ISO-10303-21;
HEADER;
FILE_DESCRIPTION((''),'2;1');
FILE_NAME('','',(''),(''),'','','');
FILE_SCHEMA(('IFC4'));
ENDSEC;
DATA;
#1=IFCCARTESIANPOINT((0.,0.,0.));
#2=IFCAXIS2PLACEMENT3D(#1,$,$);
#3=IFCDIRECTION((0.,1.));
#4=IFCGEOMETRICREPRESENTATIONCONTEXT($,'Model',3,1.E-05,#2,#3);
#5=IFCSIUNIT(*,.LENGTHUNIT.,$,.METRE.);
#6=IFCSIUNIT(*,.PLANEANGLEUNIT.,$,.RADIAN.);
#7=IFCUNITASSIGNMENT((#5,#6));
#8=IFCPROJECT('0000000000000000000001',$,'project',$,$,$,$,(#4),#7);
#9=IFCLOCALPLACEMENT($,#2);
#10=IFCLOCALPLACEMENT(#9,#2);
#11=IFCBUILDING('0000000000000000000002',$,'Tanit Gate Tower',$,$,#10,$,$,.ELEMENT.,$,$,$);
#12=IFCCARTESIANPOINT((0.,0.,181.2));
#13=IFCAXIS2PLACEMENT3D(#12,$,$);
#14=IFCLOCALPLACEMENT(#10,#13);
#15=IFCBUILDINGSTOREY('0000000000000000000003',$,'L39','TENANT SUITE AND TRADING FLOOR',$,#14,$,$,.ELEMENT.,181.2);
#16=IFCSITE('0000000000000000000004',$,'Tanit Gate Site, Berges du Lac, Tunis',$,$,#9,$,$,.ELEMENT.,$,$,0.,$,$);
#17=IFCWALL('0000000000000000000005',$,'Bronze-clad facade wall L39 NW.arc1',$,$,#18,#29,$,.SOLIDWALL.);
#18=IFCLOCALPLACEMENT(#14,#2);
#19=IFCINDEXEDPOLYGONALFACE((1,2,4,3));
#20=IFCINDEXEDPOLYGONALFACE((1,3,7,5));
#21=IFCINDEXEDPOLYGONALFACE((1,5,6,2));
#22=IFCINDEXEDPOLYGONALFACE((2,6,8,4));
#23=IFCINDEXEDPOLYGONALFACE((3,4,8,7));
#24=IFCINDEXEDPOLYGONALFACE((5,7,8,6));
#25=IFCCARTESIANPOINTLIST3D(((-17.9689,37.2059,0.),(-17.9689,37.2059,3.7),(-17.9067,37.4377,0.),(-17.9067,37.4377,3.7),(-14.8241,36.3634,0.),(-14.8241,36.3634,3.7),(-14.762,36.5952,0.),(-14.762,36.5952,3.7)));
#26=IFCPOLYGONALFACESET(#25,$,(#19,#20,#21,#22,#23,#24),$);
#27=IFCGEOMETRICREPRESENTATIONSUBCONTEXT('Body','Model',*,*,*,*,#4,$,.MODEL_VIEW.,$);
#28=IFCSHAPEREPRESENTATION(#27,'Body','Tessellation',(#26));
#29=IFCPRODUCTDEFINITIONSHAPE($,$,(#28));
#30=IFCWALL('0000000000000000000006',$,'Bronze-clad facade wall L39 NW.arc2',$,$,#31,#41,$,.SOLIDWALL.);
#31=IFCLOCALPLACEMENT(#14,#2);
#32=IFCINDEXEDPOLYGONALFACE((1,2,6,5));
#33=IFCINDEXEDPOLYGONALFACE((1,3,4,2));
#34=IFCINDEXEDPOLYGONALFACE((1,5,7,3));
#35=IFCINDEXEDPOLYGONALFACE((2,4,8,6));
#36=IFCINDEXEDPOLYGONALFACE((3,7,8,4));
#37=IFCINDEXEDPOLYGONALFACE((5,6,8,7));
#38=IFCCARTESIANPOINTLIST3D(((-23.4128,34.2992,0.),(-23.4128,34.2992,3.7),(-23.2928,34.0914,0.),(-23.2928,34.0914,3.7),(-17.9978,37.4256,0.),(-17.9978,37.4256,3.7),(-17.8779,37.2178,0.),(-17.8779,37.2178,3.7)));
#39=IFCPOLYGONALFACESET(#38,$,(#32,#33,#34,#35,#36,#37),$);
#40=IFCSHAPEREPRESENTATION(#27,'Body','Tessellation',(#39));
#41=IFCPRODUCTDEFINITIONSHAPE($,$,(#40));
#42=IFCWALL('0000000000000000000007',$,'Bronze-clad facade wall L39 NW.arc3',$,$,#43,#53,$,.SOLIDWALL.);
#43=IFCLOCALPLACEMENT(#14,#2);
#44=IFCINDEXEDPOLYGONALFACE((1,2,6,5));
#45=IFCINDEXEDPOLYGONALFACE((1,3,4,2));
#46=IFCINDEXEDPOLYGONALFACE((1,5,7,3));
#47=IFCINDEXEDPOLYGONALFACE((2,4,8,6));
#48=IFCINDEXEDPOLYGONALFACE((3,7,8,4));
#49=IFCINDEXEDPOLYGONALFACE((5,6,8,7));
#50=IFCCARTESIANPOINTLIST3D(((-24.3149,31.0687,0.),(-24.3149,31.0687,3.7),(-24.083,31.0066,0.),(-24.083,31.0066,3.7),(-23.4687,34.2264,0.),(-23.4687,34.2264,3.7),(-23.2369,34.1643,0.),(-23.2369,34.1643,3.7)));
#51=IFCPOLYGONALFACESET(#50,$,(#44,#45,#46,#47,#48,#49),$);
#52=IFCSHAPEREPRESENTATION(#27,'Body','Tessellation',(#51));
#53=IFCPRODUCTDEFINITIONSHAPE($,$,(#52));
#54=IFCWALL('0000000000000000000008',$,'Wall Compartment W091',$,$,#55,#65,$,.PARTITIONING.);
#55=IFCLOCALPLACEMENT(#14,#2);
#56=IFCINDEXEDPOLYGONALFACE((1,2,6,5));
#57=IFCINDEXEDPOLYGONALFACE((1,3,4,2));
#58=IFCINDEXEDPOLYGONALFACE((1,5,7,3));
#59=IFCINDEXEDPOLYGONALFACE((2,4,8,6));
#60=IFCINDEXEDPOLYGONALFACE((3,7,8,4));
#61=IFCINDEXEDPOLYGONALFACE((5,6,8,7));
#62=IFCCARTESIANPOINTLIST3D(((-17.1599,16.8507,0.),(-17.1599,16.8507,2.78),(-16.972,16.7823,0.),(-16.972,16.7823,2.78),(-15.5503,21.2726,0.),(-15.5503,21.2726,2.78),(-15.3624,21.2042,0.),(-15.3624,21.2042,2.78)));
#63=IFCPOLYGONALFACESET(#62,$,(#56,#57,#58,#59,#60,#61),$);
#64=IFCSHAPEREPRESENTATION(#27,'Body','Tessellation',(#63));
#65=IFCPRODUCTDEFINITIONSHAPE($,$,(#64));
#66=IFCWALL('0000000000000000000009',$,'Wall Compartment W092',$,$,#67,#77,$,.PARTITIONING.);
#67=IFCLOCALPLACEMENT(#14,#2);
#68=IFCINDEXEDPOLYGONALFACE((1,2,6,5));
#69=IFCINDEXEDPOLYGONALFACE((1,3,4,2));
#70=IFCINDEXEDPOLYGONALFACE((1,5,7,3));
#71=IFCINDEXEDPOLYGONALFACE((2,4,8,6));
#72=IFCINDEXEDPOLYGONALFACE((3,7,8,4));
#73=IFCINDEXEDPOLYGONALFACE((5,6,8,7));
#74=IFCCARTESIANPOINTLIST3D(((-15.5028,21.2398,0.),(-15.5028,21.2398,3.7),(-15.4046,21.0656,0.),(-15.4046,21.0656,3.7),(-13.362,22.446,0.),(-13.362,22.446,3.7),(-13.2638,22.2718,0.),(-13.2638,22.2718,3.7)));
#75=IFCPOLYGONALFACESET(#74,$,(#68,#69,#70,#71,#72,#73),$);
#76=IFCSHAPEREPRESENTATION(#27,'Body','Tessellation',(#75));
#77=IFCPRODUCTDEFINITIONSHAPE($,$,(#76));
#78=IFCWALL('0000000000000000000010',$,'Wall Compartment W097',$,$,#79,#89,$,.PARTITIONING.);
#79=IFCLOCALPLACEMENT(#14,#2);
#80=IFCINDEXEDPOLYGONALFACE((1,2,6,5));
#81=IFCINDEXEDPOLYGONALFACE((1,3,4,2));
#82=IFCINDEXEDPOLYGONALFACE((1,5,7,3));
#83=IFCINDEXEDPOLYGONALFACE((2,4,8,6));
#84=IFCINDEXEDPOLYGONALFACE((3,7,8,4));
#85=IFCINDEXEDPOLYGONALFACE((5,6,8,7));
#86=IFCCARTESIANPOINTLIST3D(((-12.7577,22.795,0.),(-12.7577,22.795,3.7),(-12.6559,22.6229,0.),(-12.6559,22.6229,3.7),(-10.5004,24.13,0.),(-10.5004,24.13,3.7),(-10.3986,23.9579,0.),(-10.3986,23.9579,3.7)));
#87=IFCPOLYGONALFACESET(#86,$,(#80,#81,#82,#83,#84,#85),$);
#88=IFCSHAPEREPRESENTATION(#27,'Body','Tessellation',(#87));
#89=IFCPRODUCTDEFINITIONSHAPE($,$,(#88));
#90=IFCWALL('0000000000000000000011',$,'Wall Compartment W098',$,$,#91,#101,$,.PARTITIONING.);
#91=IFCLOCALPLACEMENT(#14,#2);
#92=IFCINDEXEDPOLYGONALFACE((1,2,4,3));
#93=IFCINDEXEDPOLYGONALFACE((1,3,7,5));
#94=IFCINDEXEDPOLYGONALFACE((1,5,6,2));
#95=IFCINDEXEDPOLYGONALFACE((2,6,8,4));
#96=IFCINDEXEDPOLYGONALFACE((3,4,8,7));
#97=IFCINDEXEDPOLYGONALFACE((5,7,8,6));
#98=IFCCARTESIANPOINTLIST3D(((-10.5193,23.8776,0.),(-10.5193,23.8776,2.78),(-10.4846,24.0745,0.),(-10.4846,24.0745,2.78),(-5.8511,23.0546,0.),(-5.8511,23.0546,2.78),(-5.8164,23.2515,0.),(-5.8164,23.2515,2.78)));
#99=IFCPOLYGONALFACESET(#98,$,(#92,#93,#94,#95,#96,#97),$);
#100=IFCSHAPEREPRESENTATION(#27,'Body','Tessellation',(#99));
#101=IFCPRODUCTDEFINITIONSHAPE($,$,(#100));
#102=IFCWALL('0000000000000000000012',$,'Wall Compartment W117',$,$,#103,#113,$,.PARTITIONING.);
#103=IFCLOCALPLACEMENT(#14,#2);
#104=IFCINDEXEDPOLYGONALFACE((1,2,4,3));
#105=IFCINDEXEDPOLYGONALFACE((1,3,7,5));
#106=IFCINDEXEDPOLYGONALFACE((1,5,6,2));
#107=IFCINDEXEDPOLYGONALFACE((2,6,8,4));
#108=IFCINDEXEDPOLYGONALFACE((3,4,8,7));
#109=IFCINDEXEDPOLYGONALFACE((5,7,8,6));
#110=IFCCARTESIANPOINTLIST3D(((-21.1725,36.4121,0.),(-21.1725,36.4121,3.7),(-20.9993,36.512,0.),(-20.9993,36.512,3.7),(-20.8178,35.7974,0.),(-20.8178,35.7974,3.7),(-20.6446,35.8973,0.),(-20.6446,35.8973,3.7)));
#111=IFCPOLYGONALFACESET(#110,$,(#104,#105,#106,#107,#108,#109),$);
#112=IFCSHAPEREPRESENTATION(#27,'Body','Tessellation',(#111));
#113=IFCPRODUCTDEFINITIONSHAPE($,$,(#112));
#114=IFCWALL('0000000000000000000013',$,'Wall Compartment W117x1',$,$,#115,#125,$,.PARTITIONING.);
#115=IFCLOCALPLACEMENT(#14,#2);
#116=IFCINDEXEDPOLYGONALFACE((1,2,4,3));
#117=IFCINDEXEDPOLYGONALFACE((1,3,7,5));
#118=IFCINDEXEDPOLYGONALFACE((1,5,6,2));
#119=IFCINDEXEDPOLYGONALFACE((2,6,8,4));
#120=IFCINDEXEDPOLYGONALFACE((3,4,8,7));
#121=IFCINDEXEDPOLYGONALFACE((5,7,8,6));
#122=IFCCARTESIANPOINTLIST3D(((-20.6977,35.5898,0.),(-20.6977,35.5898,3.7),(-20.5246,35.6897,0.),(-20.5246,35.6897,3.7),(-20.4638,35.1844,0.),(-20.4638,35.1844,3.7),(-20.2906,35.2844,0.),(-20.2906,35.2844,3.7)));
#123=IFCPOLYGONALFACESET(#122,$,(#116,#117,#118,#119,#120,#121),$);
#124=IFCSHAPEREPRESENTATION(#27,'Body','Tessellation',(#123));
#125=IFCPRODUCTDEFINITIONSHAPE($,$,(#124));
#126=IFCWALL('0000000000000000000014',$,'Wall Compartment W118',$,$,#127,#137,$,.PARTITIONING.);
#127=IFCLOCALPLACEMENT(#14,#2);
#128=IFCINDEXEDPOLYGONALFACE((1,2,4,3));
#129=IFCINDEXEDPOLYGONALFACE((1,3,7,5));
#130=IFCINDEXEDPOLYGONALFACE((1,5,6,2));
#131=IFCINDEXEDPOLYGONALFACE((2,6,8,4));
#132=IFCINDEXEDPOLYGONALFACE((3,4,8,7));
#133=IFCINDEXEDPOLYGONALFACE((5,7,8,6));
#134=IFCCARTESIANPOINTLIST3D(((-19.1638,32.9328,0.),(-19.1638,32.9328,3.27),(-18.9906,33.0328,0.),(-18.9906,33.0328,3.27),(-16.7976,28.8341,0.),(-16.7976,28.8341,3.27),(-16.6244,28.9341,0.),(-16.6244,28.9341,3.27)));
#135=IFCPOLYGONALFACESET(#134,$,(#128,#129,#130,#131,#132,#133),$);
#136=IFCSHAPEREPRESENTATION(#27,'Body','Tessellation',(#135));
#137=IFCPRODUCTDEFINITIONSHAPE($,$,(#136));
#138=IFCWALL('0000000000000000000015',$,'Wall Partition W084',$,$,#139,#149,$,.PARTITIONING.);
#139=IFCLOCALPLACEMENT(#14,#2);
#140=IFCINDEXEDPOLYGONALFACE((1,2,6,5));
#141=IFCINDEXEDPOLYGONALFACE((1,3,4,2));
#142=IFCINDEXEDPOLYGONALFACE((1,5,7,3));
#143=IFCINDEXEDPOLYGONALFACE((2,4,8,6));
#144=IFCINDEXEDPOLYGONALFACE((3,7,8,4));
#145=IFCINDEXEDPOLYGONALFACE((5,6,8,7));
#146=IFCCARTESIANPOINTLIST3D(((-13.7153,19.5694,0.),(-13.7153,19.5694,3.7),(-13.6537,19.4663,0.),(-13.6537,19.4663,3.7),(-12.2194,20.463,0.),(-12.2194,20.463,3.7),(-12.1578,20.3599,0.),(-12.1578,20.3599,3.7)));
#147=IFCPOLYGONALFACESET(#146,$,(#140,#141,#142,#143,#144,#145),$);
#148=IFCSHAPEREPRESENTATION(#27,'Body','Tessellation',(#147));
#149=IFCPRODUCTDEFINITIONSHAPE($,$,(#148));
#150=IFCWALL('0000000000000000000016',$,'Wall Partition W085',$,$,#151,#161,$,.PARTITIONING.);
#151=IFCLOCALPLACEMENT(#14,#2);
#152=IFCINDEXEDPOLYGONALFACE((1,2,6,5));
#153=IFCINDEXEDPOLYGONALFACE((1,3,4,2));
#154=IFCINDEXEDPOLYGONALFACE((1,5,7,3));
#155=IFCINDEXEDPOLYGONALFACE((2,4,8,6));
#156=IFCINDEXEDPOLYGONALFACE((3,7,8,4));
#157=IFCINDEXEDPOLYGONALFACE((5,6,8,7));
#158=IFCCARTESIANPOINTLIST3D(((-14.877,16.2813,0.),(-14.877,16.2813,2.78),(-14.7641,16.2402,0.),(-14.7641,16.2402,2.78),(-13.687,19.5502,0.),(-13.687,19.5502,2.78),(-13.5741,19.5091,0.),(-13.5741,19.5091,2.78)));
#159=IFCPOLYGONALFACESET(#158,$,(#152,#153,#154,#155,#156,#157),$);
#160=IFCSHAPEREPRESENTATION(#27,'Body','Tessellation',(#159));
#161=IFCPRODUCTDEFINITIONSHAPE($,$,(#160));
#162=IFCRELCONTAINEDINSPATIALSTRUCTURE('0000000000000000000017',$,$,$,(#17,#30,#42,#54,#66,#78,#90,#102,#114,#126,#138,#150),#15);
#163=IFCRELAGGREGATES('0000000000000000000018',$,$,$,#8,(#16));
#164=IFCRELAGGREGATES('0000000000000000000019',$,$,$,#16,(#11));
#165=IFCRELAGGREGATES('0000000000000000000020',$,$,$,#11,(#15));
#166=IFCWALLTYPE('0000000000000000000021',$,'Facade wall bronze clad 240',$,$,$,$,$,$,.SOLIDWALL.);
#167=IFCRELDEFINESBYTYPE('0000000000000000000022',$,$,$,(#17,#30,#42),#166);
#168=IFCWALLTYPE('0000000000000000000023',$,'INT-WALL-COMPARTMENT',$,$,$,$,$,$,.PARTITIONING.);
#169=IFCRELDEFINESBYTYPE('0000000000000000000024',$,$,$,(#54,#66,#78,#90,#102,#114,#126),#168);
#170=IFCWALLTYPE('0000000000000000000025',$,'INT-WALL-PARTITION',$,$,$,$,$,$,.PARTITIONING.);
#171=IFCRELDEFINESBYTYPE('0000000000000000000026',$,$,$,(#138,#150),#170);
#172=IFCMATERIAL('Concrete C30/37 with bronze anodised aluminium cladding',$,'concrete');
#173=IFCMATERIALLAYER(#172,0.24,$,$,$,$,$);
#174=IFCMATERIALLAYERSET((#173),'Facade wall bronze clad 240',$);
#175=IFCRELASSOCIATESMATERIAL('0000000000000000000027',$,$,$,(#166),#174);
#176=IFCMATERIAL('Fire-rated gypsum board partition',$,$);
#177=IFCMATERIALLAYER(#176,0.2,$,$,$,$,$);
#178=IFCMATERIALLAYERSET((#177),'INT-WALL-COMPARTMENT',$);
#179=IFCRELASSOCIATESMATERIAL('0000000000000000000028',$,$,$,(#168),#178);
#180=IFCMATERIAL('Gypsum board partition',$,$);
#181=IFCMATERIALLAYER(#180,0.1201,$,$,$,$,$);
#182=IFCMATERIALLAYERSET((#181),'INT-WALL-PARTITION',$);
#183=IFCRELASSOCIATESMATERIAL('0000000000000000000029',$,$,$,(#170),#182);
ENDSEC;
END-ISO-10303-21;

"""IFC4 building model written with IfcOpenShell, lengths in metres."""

from ifc_helpers import new_model, si_unit, direction, frame, frame_2d, origin, place, context, subcontext, project, spatial, rectangle, extrude, material, layer, layer_set, type_object, element, save


model = new_model("IFC4")

# Units and contexts
model_context = context("Model", 3, precision=1e-05, world=origin(), true_north=direction((0.0, 1.0)))
body_context = subcontext(model_context, "Body", "Model", "MODEL_VIEW")
ifc_project = project(units=[si_unit("LENGTHUNIT", "METRE"), si_unit("PLANEANGLEUNIT", "RADIAN")], contexts=[model_context])

# Site, building, storey
site_placement = place(None, origin())
site = spatial("IfcSite", under=ifc_project, at=site_placement, Name="Tanit Gate Site, Berges du Lac, Tunis", CompositionType="ELEMENT", RefElevation=0.0)
building_placement = place(site_placement, origin())
building = spatial("IfcBuilding", under=site, at=building_placement, Name="Tanit Gate Tower", CompositionType="ELEMENT")
storey_placement = place(building_placement, frame((0.0, 0.0, 181.2)))
storey = spatial("IfcBuildingStorey", under=building, at=storey_placement, Name="L39", Description="TENANT SUITE AND TRADING FLOOR", CompositionType="ELEMENT", Elevation=181.2)

# Walls
ifc_material_1 = material(Name="Concrete C30/37 with bronze anodised aluminium cladding", Category="concrete")
ifc_layer_1 = layer(ifc_material_1, 0.24)
ifc_layer_set_1 = layer_set([ifc_layer_1], Name="Facade wall bronze clad 240")
wall_type_1 = type_object("IfcWallType", Name="Facade wall bronze clad 240", PredefinedType="SOLIDWALL", material=ifc_layer_set_1)
wall_1_placement = place(storey_placement, frame((-14.793, 36.4792, 0.0), z_axis=(0.0, 0.0, 1.0), x_axis=(-0.965934, 0.258787, 0.0)))
element("IfcWall", 1, at=wall_1_placement, inside=storey, type_object=wall_type_1, Name="Bronze-clad facade wall L39 NW.arc1", PredefinedType="SOLIDWALL", context=body_context, shape_type="SweptSolid", body=[
    extrude(rectangle(XDim=3.2556, YDim=0.24, at=frame_2d((1.6279, 0.0))), origin(), (0.0, 0.0, 1.0), 3.7),
])
wall_2_placement = place(storey_placement, frame((-17.9377, 37.3218, 0.0), z_axis=(0.0, 0.0, 1.0), x_axis=(-0.866019, -0.500011, 0.0)))
element("IfcWall", 2, at=wall_2_placement, inside=storey, type_object=wall_type_1, Name="Bronze-clad facade wall L39 NW.arc2", PredefinedType="SOLIDWALL", context=body_context, shape_type="SweptSolid", body=[
    extrude(rectangle(XDim=6.2527, YDim=0.24, at=frame_2d((3.1265, 0.0))), origin(), (0.0, 0.0, 1.0), 3.7),
])
wall_3_placement = place(storey_placement, frame((-23.3528, 34.1953, 0.0), z_axis=(0.0, 0.0, 1.0), x_axis=(-0.258843, -0.965919, 0.0)))
element("IfcWall", 3, at=wall_3_placement, inside=storey, type_object=wall_type_1, Name="Bronze-clad facade wall L39 NW.arc3", PredefinedType="SOLIDWALL", context=body_context, shape_type="SweptSolid", body=[
    extrude(rectangle(XDim=3.269, YDim=0.24, at=frame_2d((1.6345, 0.0))), origin(), (0.0, 0.0, 1.0), 3.7),
])
ifc_material_2 = material(Name="Fire-rated gypsum board partition")
ifc_layer_2 = layer(ifc_material_2, 0.2)
ifc_layer_set_2 = layer_set([ifc_layer_2], Name="INT-WALL-COMPARTMENT")
wall_type_2 = type_object("IfcWallType", Name="INT-WALL-COMPARTMENT", PredefinedType="PARTITIONING", material=ifc_layer_set_2)
wall_4_placement = place(storey_placement, frame((-15.4563, 21.2385, 0.0), z_axis=(0.0, 0.0, 1.0), x_axis=(-0.342055, -0.93968, 0.0)))
element("IfcWall", 4, at=wall_4_placement, inside=storey, type_object=wall_type_2, Name="Wall Compartment W091", PredefinedType="PARTITIONING", context=body_context, shape_type="SweptSolid", body=[
    extrude(rectangle(XDim=4.7058, YDim=0.2, at=frame_2d((2.353, 0.0))), origin(), (0.0, 0.0, 1.0), 2.78),
])
wall_5_placement = place(storey_placement, frame((-13.313, 22.3589, 0.0), z_axis=(0.0, 0.0, 1.0), x_axis=(-0.871217, -0.490898, 0.0)))
element("IfcWall", 5, at=wall_5_placement, inside=storey, type_object=wall_type_2, Name="Wall Compartment W092", PredefinedType="PARTITIONING", context=body_context, shape_type="SweptSolid", body=[
    extrude(rectangle(XDim=2.4573, YDim=0.2, at=frame_2d((1.2285, 0.0))), origin(), (0.0, 0.0, 1.0), 3.7),
])
wall_6_placement = place(storey_placement, frame((-10.4495, 24.0439, 0.0), z_axis=(0.0, 0.0, 1.0), x_axis=(-0.860745, -0.509037, 0.0)))
element("IfcWall", 6, at=wall_6_placement, inside=storey, type_object=wall_type_2, Name="Wall Compartment W097", PredefinedType="PARTITIONING", context=body_context, shape_type="SweptSolid", body=[
    extrude(rectangle(XDim=2.6226, YDim=0.2, at=frame_2d((1.3113, 0.0))), origin(), (0.0, 0.0, 1.0), 3.7),
])
wall_7_placement = place(storey_placement, frame((-5.8337, 23.1531, 0.0), z_axis=(0.0, 0.0, 1.0), x_axis=(-0.984813, 0.173621, 0.0)))
element("IfcWall", 7, at=wall_7_placement, inside=storey, type_object=wall_type_2, Name="Wall Compartment W098", PredefinedType="PARTITIONING", context=body_context, shape_type="SweptSolid", body=[
    extrude(rectangle(XDim=4.7402, YDim=0.2, at=frame_2d((2.3701, 0.0))), origin(), (0.0, 0.0, 1.0), 2.78),
])
wall_8_placement = place(storey_placement, frame((-21.0859, 36.4622, 0.0), z_axis=(0.0, 0.0, 1.0), x_axis=(0.499802, -0.86614, 0.0)))
element("IfcWall", 8, at=wall_8_placement, inside=storey, type_object=wall_type_2, Name="Wall Compartment W117", PredefinedType="PARTITIONING", context=body_context, shape_type="SweptSolid", body=[
    extrude(rectangle(XDim=0.7097, YDim=0.2, at=frame_2d((0.355, 0.0))), origin(), (0.0, 0.0, 1.0), 3.7),
])
wall_9_placement = place(storey_placement, frame((-20.6111, 35.6396, 0.0), z_axis=(0.0, 0.0, 1.0), x_axis=(0.499843, -0.866116, 0.0)))
element("IfcWall", 9, at=wall_9_placement, inside=storey, type_object=wall_type_2, Name="Wall Compartment W117x1", PredefinedType="PARTITIONING", context=body_context, shape_type="SweptSolid", body=[
    extrude(rectangle(XDim=0.468, YDim=0.2, at=frame_2d((0.2339, 0.0))), origin(), (0.0, 0.0, 1.0), 3.7),
])
wall_10_placement = place(storey_placement, frame((-19.0771, 32.9827, 0.0), z_axis=(0.0, 0.0, 1.0), x_axis=(0.499978, -0.866038, 0.0)))
element("IfcWall", 10, at=wall_10_placement, inside=storey, type_object=wall_type_2, Name="Wall Compartment W118", PredefinedType="PARTITIONING", context=body_context, shape_type="SweptSolid", body=[
    extrude(rectangle(XDim=4.7327, YDim=0.2, at=frame_2d((2.3662, 0.0))), origin(), (0.0, 0.0, 1.0), 3.27),
])
ifc_material_3 = material(Name="Gypsum board partition")
ifc_layer_3 = layer(ifc_material_3, 0.1201)
ifc_layer_set_3 = layer_set([ifc_layer_3], Name="INT-WALL-PARTITION")
wall_type_3 = type_object("IfcWallType", Name="INT-WALL-PARTITION", PredefinedType="PARTITIONING", material=ifc_layer_set_3)
wall_11_placement = place(storey_placement, frame((-12.1887, 20.4114, 0.0), z_axis=(0.0, 0.0, 1.0), x_axis=(-0.858493, -0.512826, 0.0)))
element("IfcWall", 11, at=wall_11_placement, inside=storey, type_object=wall_type_3, Name="Wall Partition W084", PredefinedType="PARTITIONING", context=body_context, shape_type="SweptSolid", body=[
    extrude(rectangle(XDim=1.7424, YDim=0.1201, at=frame_2d((0.8711, 0.0))), origin(), (0.0, 0.0, 1.0), 3.7),
])
wall_12_placement = place(storey_placement, frame((-13.6306, 19.5295, 0.0), z_axis=(0.0, 0.0, 1.0), x_axis=(-0.34207, -0.939675, 0.0)))
element("IfcWall", 12, at=wall_12_placement, inside=storey, type_object=wall_type_3, Name="Wall Partition W085", PredefinedType="PARTITIONING", context=body_context, shape_type="SweptSolid", body=[
    extrude(rectangle(XDim=3.4788, YDim=0.1201, at=frame_2d((1.7393, 0.0))), origin(), (0.0, 0.0, 1.0), 2.78),
])

save(model, "model.ifc")
